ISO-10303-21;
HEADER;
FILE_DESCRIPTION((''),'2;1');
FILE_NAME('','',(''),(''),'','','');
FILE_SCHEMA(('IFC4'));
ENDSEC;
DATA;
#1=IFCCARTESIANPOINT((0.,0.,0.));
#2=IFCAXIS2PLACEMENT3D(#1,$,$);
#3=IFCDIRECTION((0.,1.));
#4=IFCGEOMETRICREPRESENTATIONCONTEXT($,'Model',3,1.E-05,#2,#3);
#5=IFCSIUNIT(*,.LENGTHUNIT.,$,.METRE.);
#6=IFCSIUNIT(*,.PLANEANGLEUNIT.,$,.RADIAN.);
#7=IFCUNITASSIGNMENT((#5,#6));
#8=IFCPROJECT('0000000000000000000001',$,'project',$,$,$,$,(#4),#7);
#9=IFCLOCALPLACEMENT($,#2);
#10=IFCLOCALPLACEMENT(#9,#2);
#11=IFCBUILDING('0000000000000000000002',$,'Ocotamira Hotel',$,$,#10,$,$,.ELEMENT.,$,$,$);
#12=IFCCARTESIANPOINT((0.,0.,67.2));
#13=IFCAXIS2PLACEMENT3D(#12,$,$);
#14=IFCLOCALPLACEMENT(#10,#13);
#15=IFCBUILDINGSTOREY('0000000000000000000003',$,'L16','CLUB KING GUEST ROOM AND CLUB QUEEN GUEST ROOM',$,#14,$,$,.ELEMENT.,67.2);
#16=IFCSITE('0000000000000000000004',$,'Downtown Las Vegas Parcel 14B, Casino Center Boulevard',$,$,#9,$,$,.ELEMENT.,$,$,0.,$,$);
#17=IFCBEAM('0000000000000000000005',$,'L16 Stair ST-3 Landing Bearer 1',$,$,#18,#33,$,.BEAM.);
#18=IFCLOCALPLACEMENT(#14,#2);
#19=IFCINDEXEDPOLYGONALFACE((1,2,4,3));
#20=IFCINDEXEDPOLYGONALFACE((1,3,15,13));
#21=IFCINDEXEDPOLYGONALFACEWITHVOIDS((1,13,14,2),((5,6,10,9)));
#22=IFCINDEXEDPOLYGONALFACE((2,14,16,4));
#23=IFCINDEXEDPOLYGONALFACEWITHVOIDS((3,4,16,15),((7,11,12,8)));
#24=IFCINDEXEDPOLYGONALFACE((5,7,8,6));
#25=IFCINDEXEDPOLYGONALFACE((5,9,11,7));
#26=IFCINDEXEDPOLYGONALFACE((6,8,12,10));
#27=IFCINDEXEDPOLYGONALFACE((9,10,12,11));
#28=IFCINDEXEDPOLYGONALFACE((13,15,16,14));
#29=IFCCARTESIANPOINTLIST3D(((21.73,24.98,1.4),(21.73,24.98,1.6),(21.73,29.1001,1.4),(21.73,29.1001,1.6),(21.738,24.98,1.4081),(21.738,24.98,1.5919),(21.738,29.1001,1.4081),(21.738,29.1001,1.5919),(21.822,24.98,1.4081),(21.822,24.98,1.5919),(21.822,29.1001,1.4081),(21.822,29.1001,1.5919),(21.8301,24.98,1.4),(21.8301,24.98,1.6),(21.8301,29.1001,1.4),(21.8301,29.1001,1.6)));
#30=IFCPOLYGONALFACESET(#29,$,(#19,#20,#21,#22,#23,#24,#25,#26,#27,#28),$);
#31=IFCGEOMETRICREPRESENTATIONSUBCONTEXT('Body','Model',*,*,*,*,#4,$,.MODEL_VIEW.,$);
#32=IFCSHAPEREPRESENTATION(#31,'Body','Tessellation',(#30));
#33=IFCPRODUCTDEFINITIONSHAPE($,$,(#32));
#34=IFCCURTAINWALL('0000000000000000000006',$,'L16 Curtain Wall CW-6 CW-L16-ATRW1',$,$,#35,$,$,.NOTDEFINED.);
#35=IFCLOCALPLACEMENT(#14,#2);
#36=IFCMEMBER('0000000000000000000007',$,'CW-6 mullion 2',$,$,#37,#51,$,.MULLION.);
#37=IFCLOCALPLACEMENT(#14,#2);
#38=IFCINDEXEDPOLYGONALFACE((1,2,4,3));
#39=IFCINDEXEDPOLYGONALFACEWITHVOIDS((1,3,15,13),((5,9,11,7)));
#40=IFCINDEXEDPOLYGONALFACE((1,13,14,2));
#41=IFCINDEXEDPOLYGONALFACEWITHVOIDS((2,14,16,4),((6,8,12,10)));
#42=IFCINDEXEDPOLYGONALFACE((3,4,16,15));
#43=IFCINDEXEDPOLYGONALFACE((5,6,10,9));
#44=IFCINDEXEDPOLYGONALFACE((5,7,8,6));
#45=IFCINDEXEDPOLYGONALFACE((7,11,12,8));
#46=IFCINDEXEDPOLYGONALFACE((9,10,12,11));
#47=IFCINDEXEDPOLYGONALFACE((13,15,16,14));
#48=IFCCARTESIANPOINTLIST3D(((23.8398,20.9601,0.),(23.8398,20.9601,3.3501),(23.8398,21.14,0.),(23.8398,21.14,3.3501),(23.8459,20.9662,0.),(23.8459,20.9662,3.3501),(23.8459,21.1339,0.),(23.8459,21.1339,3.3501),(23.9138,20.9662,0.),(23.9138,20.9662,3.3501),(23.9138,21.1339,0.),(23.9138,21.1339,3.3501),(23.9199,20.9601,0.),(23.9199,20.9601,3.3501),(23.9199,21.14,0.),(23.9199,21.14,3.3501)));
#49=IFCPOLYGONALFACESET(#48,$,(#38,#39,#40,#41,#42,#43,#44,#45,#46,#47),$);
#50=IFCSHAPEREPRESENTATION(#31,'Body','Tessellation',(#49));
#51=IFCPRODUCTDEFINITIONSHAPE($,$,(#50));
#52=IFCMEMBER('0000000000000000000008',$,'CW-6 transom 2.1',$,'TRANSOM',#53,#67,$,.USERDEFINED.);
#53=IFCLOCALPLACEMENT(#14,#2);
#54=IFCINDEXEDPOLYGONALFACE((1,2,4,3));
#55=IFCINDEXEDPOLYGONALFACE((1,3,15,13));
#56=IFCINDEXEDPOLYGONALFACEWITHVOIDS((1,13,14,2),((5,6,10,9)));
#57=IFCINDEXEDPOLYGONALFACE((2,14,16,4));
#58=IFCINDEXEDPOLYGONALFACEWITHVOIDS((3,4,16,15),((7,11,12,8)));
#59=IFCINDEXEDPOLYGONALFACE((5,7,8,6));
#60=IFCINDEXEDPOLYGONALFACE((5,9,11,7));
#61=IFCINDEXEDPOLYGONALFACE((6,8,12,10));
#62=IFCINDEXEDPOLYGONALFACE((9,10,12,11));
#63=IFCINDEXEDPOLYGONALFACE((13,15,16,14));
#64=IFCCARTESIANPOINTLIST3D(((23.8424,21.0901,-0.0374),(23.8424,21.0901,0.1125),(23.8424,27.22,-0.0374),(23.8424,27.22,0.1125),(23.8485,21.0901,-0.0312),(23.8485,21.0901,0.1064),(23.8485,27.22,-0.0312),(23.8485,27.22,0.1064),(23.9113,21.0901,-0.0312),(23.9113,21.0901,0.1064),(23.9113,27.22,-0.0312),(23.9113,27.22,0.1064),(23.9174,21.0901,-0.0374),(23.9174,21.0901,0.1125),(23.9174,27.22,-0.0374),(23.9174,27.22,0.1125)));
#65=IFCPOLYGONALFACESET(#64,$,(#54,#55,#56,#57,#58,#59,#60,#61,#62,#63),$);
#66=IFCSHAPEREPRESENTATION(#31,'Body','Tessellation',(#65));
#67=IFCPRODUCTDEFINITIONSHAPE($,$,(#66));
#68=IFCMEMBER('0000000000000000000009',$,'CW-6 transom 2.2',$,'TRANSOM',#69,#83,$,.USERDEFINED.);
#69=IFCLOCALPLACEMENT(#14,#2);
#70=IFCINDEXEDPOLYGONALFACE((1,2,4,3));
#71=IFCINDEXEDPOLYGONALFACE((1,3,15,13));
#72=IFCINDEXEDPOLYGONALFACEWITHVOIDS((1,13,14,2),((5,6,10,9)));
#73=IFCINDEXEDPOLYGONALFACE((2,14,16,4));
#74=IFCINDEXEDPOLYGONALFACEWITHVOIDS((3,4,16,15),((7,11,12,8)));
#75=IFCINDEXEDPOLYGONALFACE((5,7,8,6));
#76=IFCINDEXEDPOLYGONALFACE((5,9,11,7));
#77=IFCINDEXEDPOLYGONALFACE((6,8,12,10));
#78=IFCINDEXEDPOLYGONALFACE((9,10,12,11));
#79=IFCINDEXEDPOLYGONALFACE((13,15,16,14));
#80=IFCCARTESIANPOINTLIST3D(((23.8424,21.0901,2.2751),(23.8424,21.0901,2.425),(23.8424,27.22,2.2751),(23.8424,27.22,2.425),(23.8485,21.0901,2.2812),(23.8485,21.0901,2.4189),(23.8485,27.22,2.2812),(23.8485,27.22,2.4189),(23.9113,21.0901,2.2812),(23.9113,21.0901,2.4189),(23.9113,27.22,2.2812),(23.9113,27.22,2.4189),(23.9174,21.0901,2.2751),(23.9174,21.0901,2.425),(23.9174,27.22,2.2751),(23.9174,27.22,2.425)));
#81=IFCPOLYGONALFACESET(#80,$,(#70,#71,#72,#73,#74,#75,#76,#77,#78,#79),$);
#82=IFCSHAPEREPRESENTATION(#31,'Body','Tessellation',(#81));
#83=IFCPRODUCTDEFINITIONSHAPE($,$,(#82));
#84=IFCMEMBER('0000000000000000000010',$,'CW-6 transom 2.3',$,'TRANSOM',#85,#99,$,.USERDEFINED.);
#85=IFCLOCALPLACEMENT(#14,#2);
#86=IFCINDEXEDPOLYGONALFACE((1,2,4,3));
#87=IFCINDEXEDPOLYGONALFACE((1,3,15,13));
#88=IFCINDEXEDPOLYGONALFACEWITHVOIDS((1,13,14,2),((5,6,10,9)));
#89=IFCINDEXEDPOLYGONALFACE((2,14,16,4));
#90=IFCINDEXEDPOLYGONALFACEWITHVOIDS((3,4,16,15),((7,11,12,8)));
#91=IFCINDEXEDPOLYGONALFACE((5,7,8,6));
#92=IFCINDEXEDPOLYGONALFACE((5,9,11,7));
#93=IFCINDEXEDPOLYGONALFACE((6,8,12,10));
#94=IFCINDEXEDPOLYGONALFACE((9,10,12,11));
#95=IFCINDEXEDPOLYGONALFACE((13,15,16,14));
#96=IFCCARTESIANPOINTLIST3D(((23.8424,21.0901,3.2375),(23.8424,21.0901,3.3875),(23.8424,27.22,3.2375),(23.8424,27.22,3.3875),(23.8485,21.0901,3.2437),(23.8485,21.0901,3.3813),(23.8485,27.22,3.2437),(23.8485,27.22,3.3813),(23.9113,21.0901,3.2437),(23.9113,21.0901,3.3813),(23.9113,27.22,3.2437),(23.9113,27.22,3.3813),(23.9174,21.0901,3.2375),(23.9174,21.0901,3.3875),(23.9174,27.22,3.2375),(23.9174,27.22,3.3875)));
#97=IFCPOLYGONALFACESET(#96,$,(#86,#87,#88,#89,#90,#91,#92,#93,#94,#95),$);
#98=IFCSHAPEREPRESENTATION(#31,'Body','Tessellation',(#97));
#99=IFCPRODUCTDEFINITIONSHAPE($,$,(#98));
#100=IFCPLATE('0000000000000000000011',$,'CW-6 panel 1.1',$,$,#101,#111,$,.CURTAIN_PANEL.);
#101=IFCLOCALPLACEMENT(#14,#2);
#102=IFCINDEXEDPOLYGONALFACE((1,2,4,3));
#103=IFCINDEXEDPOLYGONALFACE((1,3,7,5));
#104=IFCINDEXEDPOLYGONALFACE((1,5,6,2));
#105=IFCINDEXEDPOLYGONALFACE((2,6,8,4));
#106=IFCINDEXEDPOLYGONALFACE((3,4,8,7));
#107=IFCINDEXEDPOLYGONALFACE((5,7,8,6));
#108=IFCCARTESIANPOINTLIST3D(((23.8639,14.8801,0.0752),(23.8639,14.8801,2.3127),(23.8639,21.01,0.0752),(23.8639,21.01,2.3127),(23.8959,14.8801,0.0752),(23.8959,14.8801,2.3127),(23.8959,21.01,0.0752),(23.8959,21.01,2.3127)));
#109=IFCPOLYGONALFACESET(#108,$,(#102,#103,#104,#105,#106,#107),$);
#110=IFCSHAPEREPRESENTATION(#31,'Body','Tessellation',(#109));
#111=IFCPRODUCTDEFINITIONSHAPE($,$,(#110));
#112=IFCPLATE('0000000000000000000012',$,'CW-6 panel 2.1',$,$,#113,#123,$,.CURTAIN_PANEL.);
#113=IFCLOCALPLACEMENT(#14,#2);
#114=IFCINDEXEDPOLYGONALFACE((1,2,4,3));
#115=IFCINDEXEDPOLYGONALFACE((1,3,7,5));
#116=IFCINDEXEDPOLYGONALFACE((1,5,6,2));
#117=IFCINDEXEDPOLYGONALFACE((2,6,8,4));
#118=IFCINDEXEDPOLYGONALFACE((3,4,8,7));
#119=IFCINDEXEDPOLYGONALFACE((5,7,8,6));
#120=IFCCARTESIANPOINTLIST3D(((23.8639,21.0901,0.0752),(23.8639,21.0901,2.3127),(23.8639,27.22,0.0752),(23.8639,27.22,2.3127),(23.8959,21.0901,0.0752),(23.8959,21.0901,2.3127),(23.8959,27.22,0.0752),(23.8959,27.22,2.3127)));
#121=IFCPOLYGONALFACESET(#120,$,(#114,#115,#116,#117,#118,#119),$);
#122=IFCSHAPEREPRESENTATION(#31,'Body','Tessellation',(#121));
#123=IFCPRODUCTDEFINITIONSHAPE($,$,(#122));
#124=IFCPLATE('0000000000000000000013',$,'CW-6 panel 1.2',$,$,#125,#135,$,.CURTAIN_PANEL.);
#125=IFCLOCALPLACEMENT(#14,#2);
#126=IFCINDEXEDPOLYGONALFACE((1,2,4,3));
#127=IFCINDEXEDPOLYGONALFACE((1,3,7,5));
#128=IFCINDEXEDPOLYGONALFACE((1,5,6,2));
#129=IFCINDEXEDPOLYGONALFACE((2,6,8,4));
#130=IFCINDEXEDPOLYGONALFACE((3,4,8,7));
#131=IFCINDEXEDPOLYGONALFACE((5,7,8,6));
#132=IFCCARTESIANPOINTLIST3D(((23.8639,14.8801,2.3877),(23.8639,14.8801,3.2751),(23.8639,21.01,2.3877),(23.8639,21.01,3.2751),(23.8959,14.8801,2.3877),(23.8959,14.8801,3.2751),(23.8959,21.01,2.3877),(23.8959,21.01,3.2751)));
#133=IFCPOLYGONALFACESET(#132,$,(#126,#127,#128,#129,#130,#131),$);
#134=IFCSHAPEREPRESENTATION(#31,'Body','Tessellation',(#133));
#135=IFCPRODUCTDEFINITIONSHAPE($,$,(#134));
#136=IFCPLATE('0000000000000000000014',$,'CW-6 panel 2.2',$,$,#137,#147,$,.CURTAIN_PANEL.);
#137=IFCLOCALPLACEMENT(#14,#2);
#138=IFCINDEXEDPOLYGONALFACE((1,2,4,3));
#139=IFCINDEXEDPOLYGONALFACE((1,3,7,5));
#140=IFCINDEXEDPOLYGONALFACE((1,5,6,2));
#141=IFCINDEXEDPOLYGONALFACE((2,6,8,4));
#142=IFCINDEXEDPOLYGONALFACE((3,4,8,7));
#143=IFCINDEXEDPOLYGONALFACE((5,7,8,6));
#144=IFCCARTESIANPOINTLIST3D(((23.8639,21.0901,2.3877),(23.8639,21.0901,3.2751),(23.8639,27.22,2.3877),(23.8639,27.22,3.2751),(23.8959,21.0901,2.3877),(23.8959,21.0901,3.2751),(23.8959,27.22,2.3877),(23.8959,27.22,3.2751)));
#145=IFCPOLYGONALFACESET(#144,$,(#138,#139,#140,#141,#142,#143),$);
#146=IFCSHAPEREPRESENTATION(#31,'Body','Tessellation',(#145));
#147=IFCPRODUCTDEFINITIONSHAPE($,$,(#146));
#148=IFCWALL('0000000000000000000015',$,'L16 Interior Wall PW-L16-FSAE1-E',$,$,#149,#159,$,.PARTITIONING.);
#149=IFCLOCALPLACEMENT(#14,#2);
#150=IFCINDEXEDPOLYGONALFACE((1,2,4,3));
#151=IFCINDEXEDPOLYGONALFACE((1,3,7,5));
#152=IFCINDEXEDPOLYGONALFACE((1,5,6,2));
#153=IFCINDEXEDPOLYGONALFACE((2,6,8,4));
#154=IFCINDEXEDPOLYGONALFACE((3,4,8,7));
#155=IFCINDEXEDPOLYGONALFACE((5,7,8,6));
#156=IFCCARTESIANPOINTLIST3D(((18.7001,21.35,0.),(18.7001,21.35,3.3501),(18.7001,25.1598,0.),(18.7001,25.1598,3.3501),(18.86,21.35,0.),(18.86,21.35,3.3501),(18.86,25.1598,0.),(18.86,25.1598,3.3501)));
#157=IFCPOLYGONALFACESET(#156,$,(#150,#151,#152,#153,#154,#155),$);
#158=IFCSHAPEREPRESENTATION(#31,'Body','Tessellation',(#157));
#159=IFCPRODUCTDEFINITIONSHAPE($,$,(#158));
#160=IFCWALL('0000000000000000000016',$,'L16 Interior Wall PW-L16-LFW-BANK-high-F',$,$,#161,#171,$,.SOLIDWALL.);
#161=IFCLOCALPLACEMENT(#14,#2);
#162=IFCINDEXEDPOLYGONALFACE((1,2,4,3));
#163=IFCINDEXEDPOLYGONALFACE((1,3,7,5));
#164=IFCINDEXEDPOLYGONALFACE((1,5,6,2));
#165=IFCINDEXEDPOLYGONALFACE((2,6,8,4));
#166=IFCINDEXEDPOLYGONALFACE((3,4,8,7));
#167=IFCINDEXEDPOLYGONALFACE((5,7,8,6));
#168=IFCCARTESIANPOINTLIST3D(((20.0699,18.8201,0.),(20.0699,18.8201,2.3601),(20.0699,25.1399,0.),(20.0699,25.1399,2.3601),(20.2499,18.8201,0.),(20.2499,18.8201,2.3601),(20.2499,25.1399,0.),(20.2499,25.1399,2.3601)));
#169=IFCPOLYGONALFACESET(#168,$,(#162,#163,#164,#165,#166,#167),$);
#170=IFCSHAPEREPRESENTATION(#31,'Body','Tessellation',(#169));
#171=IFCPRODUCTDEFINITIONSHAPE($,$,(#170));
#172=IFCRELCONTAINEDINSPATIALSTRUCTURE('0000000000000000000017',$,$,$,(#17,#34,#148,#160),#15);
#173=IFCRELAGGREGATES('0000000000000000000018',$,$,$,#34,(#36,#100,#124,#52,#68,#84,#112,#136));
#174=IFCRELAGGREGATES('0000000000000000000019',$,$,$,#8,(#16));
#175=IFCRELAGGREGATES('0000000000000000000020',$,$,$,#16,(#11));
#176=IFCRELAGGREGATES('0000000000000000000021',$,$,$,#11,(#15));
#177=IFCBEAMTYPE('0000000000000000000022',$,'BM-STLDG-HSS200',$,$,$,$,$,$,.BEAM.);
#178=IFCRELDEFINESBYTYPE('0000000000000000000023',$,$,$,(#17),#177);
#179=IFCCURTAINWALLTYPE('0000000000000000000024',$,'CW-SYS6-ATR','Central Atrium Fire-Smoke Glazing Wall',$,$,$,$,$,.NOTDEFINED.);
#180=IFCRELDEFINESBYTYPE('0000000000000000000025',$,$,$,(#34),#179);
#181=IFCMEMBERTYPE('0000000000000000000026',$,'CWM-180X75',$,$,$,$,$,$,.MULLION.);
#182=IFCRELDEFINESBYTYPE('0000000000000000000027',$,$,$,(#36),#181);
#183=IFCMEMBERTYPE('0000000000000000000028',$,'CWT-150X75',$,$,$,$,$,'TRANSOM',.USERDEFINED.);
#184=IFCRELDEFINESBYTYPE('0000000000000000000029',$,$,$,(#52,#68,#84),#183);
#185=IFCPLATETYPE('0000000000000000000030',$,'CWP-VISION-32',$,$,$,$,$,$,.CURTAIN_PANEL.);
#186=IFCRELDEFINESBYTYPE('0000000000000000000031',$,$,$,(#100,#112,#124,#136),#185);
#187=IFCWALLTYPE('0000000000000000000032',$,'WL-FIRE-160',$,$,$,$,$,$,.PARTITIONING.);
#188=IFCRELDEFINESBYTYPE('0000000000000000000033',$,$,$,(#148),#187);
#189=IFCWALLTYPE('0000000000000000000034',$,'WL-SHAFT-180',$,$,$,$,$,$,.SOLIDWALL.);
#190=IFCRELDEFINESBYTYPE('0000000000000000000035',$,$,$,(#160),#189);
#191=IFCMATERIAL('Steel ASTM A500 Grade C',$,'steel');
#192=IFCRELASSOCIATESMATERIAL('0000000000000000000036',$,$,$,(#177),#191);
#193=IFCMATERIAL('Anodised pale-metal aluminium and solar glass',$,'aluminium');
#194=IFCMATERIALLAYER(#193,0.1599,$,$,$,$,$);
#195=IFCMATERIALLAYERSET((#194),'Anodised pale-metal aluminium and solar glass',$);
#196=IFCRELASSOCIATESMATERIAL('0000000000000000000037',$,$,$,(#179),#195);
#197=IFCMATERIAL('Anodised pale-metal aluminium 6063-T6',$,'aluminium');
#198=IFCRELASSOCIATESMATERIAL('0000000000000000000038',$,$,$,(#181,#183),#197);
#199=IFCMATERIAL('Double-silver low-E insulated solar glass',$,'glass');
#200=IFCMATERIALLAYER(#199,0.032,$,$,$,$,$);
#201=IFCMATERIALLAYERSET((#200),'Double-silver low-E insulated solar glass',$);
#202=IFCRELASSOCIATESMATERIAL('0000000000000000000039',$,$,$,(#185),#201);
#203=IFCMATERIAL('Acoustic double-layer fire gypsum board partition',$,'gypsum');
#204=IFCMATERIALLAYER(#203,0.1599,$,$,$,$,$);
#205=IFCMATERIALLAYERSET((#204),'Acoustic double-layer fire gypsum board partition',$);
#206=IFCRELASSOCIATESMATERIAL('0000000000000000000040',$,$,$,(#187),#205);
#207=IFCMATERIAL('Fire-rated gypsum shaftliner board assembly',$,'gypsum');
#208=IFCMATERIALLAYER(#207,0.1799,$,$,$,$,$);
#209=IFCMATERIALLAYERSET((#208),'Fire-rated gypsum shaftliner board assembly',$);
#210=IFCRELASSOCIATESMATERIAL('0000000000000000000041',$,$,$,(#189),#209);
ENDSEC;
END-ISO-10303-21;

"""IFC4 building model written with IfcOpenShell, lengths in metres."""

from ifc_helpers import new_model, si_unit, direction, frame, frame_2d, origin, origin_2d, place, context, subcontext, project, spatial, rectangle, hollow_rectangle, extrude, source, transform, mapped, material, layer, layer_set, material_profile, profile_set, type_object, element, aggregate, save


model = new_model("IFC4")

# Units and contexts
model_context = context("Model", 3, precision=1e-05, world=origin(), true_north=direction((0.0, 1.0)))
body_context = subcontext(model_context, "Body", "Model", "MODEL_VIEW")
ifc_project = project(units=[si_unit("LENGTHUNIT", "METRE"), si_unit("PLANEANGLEUNIT", "RADIAN")], contexts=[model_context])

# Site, building, storey
site_placement = place(None, origin())
site = spatial("IfcSite", under=ifc_project, at=site_placement, Name="Downtown Las Vegas Parcel 14B, Casino Center Boulevard", CompositionType="ELEMENT", RefElevation=0.0)
building_placement = place(site_placement, origin())
building = spatial("IfcBuilding", under=site, at=building_placement, Name="Ocotamira Hotel", CompositionType="ELEMENT")
storey_placement = place(building_placement, frame((0.0, 0.0, 67.2)))
storey = spatial("IfcBuildingStorey", under=building, at=storey_placement, Name="L16", Description="CLUB KING GUEST ROOM AND CLUB QUEEN GUEST ROOM", CompositionType="ELEMENT", Elevation=67.2)

# Beam
ifc_material_1 = material(Name="Steel ASTM A500 Grade C", Category="steel")
ifc_material_profile_1 = material_profile(ifc_material_1, hollow_rectangle(XDim=0.1001, YDim=0.2, WallThickness=0.0081, at=origin_2d()), Name="HSS200X100X8")
ifc_profile_set_1 = profile_set([ifc_material_profile_1], Name="Steel ASTM A500 Grade C")
beam_type = type_object("IfcBeamType", Name="BM-STLDG-HSS200", PredefinedType="BEAM", material=ifc_profile_set_1)
shared_shape_1 = source(origin(), body_context, "Body", "SweptSolid", [
    extrude(hollow_rectangle(XDim=0.1001, YDim=0.2, WallThickness=0.0081, at=origin_2d()), origin(), (0.0, 0.0, 1.0), 4.1201),
])
beam_placement = place(storey_placement, frame((21.78, 24.98, 1.5), z_axis=(0.0, 1.0, 0.0), x_axis=(-1.0, 0.0, 0.0)))
element("IfcBeam", 1, at=beam_placement, inside=storey, type_object=beam_type, Name="L16 Stair ST-3 Landing Bearer 1", PredefinedType="BEAM", context=body_context, shape_type="MappedRepresentation", body=[
    mapped(shared_shape_1, transform((0.0, 0.0, 0.0), scale=1.0)),
])

# Curtain wall, members, plates
ifc_material_2 = material(Name="Anodised pale-metal aluminium and solar glass", Category="aluminium")
ifc_layer_1 = layer(ifc_material_2, 0.1599)
ifc_layer_set_1 = layer_set([ifc_layer_1], Name="Anodised pale-metal aluminium and solar glass")
curtain_wall_type = type_object("IfcCurtainWallType", Name="CW-SYS6-ATR", Description="Central Atrium Fire-Smoke Glazing Wall", PredefinedType="NOTDEFINED", material=ifc_layer_set_1)
curtain_wall_placement = place(storey_placement, origin())
curtain_wall = element("IfcCurtainWall", 2, at=curtain_wall_placement, inside=storey, type_object=curtain_wall_type, Name="L16 Curtain Wall CW-6 CW-L16-ATRW1", PredefinedType="NOTDEFINED")
ifc_material_3 = material(Name="Anodised pale-metal aluminium 6063-T6", Category="aluminium")
ifc_material_profile_2 = material_profile(ifc_material_3, hollow_rectangle(XDim=0.0801, YDim=0.1799, WallThickness=0.0061, at=origin_2d()), Name="HSS180X80X6")
ifc_profile_set_2 = profile_set([ifc_material_profile_2], Name="Anodised pale-metal aluminium 6063-T6")
member_type_1 = type_object("IfcMemberType", Name="CWM-180X75", PredefinedType="MULLION", material=ifc_profile_set_2)
shared_shape_2 = source(origin(), body_context, "Body", "SweptSolid", [
    extrude(hollow_rectangle(XDim=0.0801, YDim=0.1799, WallThickness=0.0061, at=origin_2d()), origin(), (0.0, 0.0, 1.0), 3.3501),
])
member_1_placement = place(storey_placement, frame((23.8799, 21.05, 0.0), z_axis=(0.0, 0.0, 1.0), x_axis=(-1.0, 0.0, 0.0)))
member_1 = element("IfcMember", 3, at=member_1_placement, type_object=member_type_1, Name="CW-6 mullion 2", PredefinedType="MULLION", context=body_context, shape_type="MappedRepresentation", body=[
    mapped(shared_shape_2, transform((0.0, 0.0, 0.0), scale=1.0)),
])
ifc_material_profile_3 = material_profile(ifc_material_3, hollow_rectangle(XDim=0.075, YDim=0.1499, WallThickness=0.0061, at=origin_2d()), Name="HSS150X75X6")
ifc_profile_set_3 = profile_set([ifc_material_profile_3], Name="Anodised pale-metal aluminium 6063-T6")
member_type_2 = type_object("IfcMemberType", Name="CWT-150X75", ElementType="TRANSOM", PredefinedType="USERDEFINED", material=ifc_profile_set_3)
shared_shape_3 = source(origin(), body_context, "Body", "SweptSolid", [
    extrude(hollow_rectangle(XDim=0.075, YDim=0.1499, WallThickness=0.0061, at=origin_2d()), origin(), (0.0, 0.0, 1.0), 6.1299),
])
member_2_placement = place(storey_placement, frame((23.8799, 21.0901, 0.0376), z_axis=(0.0, 1.0, 0.0), x_axis=(-1.0, 0.0, 0.0)))
member_2 = element("IfcMember", 4, at=member_2_placement, type_object=member_type_2, Name="CW-6 transom 2.1", ObjectType="TRANSOM", PredefinedType="USERDEFINED", context=body_context, shape_type="MappedRepresentation", body=[
    mapped(shared_shape_3, transform((0.0, 0.0, 0.0), scale=1.0)),
])
member_3_placement = place(storey_placement, frame((23.8799, 21.0901, 2.3501), z_axis=(0.0, 1.0, 0.0), x_axis=(-1.0, 0.0, 0.0)))
member_3 = element("IfcMember", 5, at=member_3_placement, type_object=member_type_2, Name="CW-6 transom 2.2", ObjectType="TRANSOM", PredefinedType="USERDEFINED", context=body_context, shape_type="MappedRepresentation", body=[
    mapped(shared_shape_3, transform((0.0, 0.0, 0.0), scale=1.0)),
])
member_4_placement = place(storey_placement, frame((23.8799, 21.0901, 3.3125), z_axis=(0.0, 1.0, 0.0), x_axis=(-1.0, 0.0, 0.0)))
member_4 = element("IfcMember", 6, at=member_4_placement, type_object=member_type_2, Name="CW-6 transom 2.3", ObjectType="TRANSOM", PredefinedType="USERDEFINED", context=body_context, shape_type="MappedRepresentation", body=[
    mapped(shared_shape_3, transform((0.0, 0.0, 0.0), scale=1.0)),
])
ifc_material_4 = material(Name="Double-silver low-E insulated solar glass", Category="glass")
ifc_layer_2 = layer(ifc_material_4, 0.032)
ifc_layer_set_2 = layer_set([ifc_layer_2], Name="Double-silver low-E insulated solar glass")
plate_type = type_object("IfcPlateType", Name="CWP-VISION-32", PredefinedType="CURTAIN_PANEL", material=ifc_layer_set_2)
shared_shape_4 = source(origin(), body_context, "Body", "SweptSolid", [
    extrude(rectangle(XDim=6.1299, YDim=0.032, at=origin_2d()), origin(), (0.0, 0.0, 1.0), 2.2375),
])
plate_1_placement = place(storey_placement, frame((23.8799, 17.9451, 0.0752), z_axis=(0.0, 0.0, 1.0), x_axis=(0.0, 1.0, 0.0)))
plate_1 = element("IfcPlate", 7, at=plate_1_placement, type_object=plate_type, Name="CW-6 panel 1.1", PredefinedType="CURTAIN_PANEL", context=body_context, shape_type="MappedRepresentation", body=[
    mapped(shared_shape_4, transform((0.0, 0.0, 0.0), scale=1.0)),
])
plate_2_placement = place(storey_placement, frame((23.8799, 24.155, 0.0752), z_axis=(0.0, 0.0, 1.0), x_axis=(0.0, 1.0, 0.0)))
plate_2 = element("IfcPlate", 8, at=plate_2_placement, type_object=plate_type, Name="CW-6 panel 2.1", PredefinedType="CURTAIN_PANEL", context=body_context, shape_type="MappedRepresentation", body=[
    mapped(shared_shape_4, transform((0.0, 0.0, 0.0), scale=1.0)),
])
shared_shape_5 = source(origin(), body_context, "Body", "SweptSolid", [
    extrude(rectangle(XDim=6.1299, YDim=0.032, at=origin_2d()), origin(), (0.0, 0.0, 1.0), 0.8875),
])
plate_3_placement = place(storey_placement, frame((23.8799, 17.9451, 2.3877), z_axis=(0.0, 0.0, 1.0), x_axis=(0.0, 1.0, 0.0)))
plate_3 = element("IfcPlate", 9, at=plate_3_placement, type_object=plate_type, Name="CW-6 panel 1.2", PredefinedType="CURTAIN_PANEL", context=body_context, shape_type="MappedRepresentation", body=[
    mapped(shared_shape_5, transform((0.0, 0.0, 0.0), scale=1.0)),
])
plate_4_placement = place(storey_placement, frame((23.8799, 24.155, 2.3877), z_axis=(0.0, 0.0, 1.0), x_axis=(0.0, 1.0, 0.0)))
plate_4 = element("IfcPlate", 10, at=plate_4_placement, type_object=plate_type, Name="CW-6 panel 2.2", PredefinedType="CURTAIN_PANEL", context=body_context, shape_type="MappedRepresentation", body=[
    mapped(shared_shape_5, transform((0.0, 0.0, 0.0), scale=1.0)),
])
aggregate(curtain_wall, [member_1, plate_1, plate_3, member_2, member_3, member_4, plate_2, plate_4])

# Shared definitions
ifc_material_5 = material(Name="Acoustic double-layer fire gypsum board partition", Category="gypsum")
ifc_layer_3 = layer(ifc_material_5, 0.1599)
ifc_layer_set_3 = layer_set([ifc_layer_3], Name="Acoustic double-layer fire gypsum board partition")
wall_type_1 = type_object("IfcWallType", Name="WL-FIRE-160", PredefinedType="PARTITIONING", material=ifc_layer_set_3)

# Walls
wall_1_placement = place(storey_placement, frame((18.78, 21.3501, 0.0), z_axis=(0.0, 0.0, 1.0), x_axis=(0.0, 1.0, 0.0)))
element("IfcWall", 11, at=wall_1_placement, inside=storey, type_object=wall_type_1, Name="L16 Interior Wall PW-L16-FSAE1-E", PredefinedType="PARTITIONING", context=body_context, shape_type="SweptSolid", body=[
    extrude(rectangle(XDim=3.8098, YDim=0.1599, at=frame_2d((1.9048, 0.0))), origin(), (0.0, 0.0, 1.0), 3.3501),
])
ifc_material_6 = material(Name="Fire-rated gypsum shaftliner board assembly", Category="gypsum")
ifc_layer_4 = layer(ifc_material_6, 0.1799)
ifc_layer_set_4 = layer_set([ifc_layer_4], Name="Fire-rated gypsum shaftliner board assembly")
wall_type_2 = type_object("IfcWallType", Name="WL-SHAFT-180", PredefinedType="SOLIDWALL", material=ifc_layer_set_4)
wall_2_placement = place(storey_placement, frame((20.1599, 18.8201, 0.0), z_axis=(0.0, 0.0, 1.0), x_axis=(0.0, 1.0, 0.0)))
element("IfcWall", 12, at=wall_2_placement, inside=storey, type_object=wall_type_2, Name="L16 Interior Wall PW-L16-LFW-BANK-high-F", PredefinedType="SOLIDWALL", context=body_context, shape_type="SweptSolid", body=[
    extrude(rectangle(XDim=6.3198, YDim=0.1799, at=frame_2d((3.1599, 0.0))), origin(), (0.0, 0.0, 1.0), 2.3601),
])

save(model, "model.ifc")
